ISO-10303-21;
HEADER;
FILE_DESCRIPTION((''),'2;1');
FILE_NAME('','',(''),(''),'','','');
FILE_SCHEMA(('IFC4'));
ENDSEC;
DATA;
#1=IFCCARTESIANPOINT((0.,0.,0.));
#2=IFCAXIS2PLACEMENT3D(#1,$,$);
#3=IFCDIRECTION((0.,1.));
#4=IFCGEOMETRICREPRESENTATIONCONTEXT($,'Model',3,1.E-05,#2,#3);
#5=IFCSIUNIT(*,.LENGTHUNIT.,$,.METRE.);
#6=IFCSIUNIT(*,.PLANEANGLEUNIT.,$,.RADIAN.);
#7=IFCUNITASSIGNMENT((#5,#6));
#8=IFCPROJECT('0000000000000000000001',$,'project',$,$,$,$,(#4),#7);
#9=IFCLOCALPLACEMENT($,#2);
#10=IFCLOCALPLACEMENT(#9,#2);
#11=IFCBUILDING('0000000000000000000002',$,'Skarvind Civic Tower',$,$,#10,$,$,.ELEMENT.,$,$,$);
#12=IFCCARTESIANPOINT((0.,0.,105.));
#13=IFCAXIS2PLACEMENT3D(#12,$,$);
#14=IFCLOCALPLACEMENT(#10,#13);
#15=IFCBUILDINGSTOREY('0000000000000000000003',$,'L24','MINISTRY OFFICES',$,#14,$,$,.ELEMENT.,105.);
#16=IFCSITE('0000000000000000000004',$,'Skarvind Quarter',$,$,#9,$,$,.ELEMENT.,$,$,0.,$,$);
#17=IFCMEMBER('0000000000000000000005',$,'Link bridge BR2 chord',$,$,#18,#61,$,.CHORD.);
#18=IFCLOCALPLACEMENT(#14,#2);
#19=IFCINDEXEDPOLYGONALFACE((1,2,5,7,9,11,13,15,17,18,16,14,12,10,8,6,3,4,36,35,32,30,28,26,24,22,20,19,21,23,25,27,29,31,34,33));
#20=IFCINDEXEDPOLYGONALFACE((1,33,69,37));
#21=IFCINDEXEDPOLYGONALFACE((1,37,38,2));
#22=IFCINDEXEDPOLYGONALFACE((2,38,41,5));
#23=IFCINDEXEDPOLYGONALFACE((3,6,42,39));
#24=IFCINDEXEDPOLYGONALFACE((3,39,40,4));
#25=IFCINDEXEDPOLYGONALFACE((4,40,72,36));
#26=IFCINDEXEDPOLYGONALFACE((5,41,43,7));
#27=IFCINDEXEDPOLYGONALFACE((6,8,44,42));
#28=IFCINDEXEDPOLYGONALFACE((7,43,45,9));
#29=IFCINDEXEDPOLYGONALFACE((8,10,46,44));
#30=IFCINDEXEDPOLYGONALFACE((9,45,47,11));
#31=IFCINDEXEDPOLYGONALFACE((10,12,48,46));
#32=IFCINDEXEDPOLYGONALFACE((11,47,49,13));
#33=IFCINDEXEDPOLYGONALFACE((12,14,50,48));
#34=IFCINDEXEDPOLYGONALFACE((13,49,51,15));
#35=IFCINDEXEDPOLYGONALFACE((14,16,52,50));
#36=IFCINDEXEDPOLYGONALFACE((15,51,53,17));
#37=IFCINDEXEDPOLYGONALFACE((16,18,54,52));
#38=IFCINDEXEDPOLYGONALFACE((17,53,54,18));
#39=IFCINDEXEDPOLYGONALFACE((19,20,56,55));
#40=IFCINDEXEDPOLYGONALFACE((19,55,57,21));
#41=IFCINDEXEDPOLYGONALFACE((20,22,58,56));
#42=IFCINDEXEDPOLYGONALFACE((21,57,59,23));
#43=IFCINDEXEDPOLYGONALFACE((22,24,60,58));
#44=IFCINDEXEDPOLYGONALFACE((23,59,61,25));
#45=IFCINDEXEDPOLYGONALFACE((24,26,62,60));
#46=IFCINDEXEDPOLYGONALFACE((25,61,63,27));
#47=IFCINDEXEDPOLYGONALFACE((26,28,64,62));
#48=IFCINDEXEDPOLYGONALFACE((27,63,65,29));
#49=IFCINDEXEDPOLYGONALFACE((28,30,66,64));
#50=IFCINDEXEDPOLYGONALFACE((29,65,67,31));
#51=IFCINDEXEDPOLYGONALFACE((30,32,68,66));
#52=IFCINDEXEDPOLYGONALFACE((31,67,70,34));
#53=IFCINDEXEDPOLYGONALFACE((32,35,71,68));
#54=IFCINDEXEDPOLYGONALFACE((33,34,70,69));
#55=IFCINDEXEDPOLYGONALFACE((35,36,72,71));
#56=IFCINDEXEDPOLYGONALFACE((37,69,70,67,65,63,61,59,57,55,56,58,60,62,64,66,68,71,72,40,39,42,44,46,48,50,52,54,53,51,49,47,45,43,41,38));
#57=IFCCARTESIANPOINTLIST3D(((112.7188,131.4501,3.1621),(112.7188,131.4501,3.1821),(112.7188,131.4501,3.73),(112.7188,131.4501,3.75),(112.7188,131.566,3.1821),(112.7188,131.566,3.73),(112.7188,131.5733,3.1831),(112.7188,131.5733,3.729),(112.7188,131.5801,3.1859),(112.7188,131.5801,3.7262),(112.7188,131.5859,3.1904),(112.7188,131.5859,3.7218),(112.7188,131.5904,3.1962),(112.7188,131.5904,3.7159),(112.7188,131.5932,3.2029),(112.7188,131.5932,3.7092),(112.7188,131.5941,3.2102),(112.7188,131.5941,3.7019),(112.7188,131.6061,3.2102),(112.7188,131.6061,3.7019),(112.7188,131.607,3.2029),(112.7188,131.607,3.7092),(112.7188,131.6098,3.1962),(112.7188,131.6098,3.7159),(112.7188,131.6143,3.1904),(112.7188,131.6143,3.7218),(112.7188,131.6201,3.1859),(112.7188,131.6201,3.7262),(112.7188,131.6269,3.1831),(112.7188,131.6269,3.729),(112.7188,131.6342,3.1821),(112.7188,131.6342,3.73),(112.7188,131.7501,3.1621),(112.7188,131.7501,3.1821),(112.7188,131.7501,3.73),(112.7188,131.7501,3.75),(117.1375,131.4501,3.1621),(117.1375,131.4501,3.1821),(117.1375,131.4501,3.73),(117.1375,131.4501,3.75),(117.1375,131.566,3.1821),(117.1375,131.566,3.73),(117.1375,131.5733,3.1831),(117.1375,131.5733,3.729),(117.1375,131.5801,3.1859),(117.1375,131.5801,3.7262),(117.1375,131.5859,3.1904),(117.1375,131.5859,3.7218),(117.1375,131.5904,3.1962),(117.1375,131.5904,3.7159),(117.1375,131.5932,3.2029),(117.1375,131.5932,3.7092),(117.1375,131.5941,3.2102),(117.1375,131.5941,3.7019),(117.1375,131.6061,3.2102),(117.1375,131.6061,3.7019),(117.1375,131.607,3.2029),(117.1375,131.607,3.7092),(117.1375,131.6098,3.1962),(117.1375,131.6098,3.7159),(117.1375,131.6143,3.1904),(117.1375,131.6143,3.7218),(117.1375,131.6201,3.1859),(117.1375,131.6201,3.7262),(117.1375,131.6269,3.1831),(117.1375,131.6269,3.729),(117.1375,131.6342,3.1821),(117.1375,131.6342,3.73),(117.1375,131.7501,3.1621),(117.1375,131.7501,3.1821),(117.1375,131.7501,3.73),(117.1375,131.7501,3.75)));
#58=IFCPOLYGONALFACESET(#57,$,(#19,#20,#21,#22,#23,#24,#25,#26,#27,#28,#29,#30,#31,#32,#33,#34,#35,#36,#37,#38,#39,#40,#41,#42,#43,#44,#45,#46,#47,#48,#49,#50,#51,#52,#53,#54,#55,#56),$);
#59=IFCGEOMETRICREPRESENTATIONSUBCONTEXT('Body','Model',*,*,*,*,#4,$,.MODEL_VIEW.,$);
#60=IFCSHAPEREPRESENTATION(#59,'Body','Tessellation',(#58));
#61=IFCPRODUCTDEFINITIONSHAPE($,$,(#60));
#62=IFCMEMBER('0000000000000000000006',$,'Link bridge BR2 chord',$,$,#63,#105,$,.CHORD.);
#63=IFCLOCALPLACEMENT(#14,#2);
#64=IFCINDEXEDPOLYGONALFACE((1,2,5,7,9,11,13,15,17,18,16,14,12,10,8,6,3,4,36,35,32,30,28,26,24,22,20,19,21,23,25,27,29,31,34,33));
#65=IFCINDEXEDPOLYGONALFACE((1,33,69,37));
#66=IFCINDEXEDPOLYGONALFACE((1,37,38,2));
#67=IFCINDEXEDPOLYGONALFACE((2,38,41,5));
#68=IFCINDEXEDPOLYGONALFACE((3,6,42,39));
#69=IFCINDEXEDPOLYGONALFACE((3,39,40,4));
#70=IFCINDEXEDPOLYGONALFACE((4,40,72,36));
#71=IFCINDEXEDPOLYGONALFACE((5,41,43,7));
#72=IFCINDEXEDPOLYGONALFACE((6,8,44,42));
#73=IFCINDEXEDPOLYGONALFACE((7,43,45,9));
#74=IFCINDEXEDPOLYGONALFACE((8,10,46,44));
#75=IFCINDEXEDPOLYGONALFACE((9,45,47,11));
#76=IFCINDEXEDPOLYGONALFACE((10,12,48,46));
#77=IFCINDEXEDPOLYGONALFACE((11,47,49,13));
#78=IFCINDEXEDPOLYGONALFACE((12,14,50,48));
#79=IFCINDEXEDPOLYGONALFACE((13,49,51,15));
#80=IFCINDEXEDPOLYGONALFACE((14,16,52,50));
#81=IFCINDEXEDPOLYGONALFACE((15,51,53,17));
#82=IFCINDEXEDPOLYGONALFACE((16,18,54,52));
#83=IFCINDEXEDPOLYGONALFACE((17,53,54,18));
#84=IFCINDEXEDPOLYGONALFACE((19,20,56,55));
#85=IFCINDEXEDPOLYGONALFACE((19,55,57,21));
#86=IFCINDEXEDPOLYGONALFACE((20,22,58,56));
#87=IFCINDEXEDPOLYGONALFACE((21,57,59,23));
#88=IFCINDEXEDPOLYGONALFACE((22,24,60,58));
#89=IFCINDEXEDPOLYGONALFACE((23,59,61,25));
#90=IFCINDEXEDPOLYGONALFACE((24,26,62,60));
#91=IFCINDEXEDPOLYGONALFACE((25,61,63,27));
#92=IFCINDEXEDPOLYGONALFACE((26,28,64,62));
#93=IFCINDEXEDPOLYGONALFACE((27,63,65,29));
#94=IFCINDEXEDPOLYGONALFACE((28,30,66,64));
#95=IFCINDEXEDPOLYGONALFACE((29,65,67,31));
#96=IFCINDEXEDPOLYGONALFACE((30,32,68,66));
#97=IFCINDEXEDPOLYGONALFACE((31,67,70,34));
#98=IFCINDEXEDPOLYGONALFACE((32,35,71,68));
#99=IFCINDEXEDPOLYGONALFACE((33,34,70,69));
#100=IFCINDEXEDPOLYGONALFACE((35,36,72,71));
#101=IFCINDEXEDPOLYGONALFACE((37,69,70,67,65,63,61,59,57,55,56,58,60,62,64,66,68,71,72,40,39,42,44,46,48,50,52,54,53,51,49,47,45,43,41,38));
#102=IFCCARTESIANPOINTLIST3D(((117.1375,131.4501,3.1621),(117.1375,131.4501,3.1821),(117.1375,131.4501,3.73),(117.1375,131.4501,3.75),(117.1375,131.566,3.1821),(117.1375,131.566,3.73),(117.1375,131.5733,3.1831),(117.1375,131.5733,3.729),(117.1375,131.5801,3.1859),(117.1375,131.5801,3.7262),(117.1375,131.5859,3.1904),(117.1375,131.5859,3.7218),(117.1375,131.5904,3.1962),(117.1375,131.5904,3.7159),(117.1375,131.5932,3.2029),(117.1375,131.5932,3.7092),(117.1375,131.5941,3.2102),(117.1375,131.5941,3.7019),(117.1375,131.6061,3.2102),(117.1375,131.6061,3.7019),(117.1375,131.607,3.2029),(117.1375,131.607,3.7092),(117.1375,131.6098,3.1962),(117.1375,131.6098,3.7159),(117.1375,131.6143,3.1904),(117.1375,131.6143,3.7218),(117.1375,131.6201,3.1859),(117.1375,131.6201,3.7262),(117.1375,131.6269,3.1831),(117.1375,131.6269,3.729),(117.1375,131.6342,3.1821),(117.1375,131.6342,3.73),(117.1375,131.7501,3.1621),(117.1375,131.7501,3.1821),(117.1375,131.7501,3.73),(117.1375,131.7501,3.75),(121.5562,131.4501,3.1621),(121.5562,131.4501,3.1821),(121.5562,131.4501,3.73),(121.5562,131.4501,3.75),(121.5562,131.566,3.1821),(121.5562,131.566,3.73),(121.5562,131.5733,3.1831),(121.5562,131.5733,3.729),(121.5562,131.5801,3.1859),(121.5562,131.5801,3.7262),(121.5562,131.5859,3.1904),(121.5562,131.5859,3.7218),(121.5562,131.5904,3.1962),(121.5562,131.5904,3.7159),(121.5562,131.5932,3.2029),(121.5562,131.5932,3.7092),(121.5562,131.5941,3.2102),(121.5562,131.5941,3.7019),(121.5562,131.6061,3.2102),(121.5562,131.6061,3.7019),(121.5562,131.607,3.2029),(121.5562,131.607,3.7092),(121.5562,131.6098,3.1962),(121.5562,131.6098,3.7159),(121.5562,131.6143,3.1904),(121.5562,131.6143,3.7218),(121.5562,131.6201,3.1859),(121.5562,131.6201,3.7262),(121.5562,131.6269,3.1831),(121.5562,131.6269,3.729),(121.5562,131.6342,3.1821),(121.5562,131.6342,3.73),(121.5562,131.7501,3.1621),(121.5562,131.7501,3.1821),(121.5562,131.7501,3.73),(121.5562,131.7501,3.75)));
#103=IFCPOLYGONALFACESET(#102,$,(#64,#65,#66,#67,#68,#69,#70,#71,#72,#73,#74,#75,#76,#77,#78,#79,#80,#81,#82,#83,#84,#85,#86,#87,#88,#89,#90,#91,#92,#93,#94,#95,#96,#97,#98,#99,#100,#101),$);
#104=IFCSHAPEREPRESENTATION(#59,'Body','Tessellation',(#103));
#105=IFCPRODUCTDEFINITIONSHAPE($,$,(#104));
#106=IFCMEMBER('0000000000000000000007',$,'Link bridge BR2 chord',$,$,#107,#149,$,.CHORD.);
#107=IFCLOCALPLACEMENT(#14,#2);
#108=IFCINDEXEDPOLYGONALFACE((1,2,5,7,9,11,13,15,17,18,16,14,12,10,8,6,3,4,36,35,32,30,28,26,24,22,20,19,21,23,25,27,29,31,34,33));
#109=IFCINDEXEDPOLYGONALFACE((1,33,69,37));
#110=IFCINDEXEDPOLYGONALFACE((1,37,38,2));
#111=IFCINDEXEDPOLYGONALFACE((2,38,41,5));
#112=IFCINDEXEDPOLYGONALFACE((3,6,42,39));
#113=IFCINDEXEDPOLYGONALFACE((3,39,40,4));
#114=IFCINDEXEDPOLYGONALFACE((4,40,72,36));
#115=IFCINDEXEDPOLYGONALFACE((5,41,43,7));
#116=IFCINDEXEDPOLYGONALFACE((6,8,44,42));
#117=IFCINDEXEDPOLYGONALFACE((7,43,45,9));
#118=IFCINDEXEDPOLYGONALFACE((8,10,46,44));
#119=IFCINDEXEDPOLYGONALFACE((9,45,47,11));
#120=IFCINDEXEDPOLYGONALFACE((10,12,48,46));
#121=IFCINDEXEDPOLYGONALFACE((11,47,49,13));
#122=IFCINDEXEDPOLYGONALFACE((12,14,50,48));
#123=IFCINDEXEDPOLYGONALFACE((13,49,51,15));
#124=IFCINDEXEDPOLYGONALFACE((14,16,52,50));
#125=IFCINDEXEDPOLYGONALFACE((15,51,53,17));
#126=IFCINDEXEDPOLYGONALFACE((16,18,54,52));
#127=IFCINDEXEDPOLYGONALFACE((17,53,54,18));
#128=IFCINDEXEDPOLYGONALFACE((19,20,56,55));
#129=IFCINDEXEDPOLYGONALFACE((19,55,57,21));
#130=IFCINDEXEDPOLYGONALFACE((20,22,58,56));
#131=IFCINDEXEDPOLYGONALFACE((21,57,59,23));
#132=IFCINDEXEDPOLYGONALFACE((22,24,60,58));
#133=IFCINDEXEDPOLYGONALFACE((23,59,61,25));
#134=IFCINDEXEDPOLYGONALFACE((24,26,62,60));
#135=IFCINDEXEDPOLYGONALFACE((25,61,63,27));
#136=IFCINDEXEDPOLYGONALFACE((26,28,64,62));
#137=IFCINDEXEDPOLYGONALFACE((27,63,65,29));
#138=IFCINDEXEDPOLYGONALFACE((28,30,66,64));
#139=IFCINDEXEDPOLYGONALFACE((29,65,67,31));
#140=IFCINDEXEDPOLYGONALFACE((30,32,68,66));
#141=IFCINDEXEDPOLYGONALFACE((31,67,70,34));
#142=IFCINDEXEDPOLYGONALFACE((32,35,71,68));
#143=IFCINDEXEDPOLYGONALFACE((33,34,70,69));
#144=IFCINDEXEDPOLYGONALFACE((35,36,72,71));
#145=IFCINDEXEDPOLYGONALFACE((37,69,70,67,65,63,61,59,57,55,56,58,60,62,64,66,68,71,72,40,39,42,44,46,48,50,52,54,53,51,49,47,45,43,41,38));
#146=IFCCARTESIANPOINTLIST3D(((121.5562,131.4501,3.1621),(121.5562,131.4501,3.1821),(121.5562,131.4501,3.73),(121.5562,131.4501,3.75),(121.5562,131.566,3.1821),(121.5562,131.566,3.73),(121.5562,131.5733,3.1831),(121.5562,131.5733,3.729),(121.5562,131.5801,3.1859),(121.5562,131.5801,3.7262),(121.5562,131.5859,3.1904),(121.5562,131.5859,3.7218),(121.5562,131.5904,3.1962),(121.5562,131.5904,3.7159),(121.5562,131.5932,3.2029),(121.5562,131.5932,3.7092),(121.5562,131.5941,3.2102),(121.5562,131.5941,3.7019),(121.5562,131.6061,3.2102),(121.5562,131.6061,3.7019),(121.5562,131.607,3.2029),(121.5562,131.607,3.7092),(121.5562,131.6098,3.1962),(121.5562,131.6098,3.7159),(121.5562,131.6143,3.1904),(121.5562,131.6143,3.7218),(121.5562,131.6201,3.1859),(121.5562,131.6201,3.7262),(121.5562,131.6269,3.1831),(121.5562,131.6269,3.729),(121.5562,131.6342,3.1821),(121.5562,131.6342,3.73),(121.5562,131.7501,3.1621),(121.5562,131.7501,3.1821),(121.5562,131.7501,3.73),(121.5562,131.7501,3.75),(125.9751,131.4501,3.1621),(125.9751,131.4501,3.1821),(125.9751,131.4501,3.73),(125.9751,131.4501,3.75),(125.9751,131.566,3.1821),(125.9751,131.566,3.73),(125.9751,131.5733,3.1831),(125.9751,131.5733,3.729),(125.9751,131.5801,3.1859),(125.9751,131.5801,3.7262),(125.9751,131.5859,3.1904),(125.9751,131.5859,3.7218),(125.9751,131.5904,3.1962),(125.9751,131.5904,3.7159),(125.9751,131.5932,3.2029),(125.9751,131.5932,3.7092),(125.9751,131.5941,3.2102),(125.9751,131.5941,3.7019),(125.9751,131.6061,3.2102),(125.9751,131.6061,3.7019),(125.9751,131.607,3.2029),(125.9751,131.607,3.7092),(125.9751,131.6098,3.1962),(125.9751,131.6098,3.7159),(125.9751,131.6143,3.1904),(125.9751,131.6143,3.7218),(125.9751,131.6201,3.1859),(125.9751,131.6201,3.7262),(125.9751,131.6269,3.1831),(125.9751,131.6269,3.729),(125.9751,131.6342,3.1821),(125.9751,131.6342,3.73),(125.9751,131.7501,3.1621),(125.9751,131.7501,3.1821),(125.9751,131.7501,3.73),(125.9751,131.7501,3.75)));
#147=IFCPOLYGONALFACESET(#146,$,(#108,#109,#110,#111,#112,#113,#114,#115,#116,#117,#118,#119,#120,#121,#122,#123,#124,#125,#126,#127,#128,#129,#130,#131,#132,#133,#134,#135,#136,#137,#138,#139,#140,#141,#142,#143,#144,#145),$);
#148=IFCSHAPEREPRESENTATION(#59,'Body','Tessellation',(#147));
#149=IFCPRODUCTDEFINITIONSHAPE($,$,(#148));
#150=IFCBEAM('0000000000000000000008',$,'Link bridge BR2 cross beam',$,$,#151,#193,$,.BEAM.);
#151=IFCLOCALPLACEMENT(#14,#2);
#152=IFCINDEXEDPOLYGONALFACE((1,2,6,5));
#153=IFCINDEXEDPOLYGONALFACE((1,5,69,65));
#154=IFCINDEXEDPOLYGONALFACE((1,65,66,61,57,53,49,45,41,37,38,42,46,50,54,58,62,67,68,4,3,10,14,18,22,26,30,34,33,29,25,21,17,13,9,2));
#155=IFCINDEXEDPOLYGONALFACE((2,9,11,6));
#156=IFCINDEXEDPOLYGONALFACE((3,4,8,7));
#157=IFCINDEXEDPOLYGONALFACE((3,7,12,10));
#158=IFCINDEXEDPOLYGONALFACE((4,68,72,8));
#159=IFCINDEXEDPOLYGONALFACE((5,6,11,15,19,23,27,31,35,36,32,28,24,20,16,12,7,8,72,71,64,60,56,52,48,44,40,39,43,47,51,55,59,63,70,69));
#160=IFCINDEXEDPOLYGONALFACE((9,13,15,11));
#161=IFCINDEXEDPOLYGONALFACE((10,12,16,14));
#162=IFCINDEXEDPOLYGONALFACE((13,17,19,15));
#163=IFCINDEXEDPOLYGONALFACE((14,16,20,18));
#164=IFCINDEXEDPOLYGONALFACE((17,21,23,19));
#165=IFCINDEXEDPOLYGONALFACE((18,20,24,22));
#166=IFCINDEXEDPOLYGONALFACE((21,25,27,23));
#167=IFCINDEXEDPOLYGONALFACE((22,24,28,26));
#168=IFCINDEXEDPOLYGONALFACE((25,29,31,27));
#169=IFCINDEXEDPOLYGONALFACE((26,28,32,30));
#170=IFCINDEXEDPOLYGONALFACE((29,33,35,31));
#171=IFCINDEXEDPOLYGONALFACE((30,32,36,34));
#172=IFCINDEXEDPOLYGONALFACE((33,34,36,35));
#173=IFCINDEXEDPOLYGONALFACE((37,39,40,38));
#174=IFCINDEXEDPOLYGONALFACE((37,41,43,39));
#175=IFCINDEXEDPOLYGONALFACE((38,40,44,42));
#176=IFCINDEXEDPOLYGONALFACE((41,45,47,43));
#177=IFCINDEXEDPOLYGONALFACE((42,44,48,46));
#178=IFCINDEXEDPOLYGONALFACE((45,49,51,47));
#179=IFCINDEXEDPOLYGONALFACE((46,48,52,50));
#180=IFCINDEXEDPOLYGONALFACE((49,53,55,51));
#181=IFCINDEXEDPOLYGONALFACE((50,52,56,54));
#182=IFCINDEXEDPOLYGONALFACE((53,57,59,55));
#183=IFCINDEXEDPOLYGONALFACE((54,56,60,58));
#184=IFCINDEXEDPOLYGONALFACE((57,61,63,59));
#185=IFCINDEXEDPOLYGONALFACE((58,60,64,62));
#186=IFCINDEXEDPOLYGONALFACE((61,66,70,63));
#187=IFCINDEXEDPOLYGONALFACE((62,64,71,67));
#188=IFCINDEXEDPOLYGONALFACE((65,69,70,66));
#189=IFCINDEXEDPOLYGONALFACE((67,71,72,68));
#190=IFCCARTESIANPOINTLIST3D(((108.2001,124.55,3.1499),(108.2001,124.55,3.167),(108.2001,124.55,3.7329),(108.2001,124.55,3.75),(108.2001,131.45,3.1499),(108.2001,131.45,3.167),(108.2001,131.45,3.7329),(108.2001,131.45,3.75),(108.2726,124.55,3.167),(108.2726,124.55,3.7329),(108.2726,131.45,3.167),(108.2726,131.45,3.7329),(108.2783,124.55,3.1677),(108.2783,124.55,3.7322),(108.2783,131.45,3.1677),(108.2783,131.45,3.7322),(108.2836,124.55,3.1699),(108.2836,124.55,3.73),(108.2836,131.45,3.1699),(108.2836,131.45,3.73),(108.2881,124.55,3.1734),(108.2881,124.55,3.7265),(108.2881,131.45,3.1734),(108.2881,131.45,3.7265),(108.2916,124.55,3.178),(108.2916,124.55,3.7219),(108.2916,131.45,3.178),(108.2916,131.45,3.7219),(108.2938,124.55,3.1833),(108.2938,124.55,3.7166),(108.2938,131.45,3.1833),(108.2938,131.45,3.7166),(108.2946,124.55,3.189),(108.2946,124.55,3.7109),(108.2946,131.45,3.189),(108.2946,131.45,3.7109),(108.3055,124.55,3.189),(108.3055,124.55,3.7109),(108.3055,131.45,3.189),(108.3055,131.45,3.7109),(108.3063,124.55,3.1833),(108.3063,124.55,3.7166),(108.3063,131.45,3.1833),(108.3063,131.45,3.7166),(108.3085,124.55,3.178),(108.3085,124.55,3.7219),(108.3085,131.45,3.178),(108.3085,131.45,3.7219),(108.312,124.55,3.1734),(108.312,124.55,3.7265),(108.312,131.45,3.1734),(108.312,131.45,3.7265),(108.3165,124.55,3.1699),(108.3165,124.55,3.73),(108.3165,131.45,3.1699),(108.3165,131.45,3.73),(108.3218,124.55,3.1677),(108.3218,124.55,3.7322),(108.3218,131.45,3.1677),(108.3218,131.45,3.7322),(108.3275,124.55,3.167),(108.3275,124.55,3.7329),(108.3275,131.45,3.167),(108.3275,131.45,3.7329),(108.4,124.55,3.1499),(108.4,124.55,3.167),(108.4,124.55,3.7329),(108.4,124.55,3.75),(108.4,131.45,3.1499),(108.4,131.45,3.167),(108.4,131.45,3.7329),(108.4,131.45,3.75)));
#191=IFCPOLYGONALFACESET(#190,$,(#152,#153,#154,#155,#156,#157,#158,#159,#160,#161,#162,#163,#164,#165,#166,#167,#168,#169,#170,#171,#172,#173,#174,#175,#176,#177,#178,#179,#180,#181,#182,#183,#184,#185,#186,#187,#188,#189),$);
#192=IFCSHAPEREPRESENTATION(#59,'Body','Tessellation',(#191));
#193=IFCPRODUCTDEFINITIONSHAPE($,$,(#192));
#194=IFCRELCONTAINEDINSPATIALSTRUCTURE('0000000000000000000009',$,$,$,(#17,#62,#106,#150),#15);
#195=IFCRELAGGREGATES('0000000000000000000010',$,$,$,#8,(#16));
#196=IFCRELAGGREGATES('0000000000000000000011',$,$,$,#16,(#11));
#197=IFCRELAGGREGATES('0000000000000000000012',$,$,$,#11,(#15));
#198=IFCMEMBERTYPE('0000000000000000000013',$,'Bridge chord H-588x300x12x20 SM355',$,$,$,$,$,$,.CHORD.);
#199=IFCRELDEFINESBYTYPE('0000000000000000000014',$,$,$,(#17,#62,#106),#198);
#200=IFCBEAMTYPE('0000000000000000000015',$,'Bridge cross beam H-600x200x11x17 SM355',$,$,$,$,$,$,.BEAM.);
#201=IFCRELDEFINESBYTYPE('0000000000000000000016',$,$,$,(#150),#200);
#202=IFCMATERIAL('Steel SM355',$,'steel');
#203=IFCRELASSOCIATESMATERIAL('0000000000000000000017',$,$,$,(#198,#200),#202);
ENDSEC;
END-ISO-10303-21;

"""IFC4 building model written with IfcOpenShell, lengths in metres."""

from ifc_helpers import new_model, si_unit, direction, frame, origin, origin_2d, place, context, subcontext, project, spatial, i_section, extrude, material, material_profile, profile_set, type_object, element, save


model = new_model("IFC4")

# Units and contexts
model_context = context("Model", 3, precision=1e-05, world=origin(), true_north=direction((0.0, 1.0)))
body_context = subcontext(model_context, "Body", "Model", "MODEL_VIEW")
ifc_project = project(units=[si_unit("LENGTHUNIT", "METRE"), si_unit("PLANEANGLEUNIT", "RADIAN")], contexts=[model_context])

# Site, building, storey
site_placement = place(None, origin())
site = spatial("IfcSite", under=ifc_project, at=site_placement, Name="Skarvind Quarter", CompositionType="ELEMENT", RefElevation=0.0)
building_placement = place(site_placement, origin())
building = spatial("IfcBuilding", under=site, at=building_placement, Name="Skarvind Civic Tower", CompositionType="ELEMENT")
storey_placement = place(building_placement, frame((0.0, 0.0, 105.0)))
storey = spatial("IfcBuildingStorey", under=building, at=storey_placement, Name="L24", Description="MINISTRY OFFICES", CompositionType="ELEMENT", Elevation=105.0)

# Members
ifc_material_1 = material(Name="Steel SM355", Category="steel")
ifc_material_profile_1 = material_profile(ifc_material_1, i_section(OverallWidth=0.3, OverallDepth=0.5879, WebThickness=0.012, FlangeThickness=0.02, FilletRadius=0.0281, at=origin_2d()), Name="H-588x300x12x20")
ifc_profile_set_1 = profile_set([ifc_material_profile_1], Name="Steel SM355")
member_type_1 = type_object("IfcMemberType", Name="Bridge chord H-588x300x12x20 SM355", PredefinedType="CHORD", material=ifc_profile_set_1)
for number, where, z_axis, x_axis, name in (
    (1, (112.7188, 131.6001, 3.4561), (1.0, 0.0, 0.0), (0.0, 1.0, 0.0), "Link bridge BR2 chord"),
    (2, (117.1375, 131.6001, 3.4561), (1.0, 0.0, 0.0), (0.0, 1.0, 0.0), "Link bridge BR2 chord"),
):
    element("IfcMember", number, at=place(storey_placement, frame(where, z_axis=z_axis, x_axis=x_axis)), inside=storey, type_object=member_type_1, Name=name, PredefinedType="CHORD", context=body_context, shape_type="SweptSolid", body=[
        extrude(i_section(OverallWidth=0.3, OverallDepth=0.5879, WebThickness=0.012, FlangeThickness=0.02, FilletRadius=0.0281, at=origin_2d()), origin(), (0.0, 0.0, 1.0), 4.4187),
    ])
member_1_placement = place(storey_placement, frame((121.5562, 131.6001, 3.4561), z_axis=(1.0, 0.0, 0.0), x_axis=(0.0, 1.0, 0.0)))
element("IfcMember", 3, at=member_1_placement, inside=storey, type_object=member_type_1, Name="Link bridge BR2 chord", PredefinedType="CHORD", context=body_context, shape_type="SweptSolid", body=[
    extrude(i_section(OverallWidth=0.3, OverallDepth=0.5879, WebThickness=0.012, FlangeThickness=0.02, FilletRadius=0.0281, at=origin_2d()), origin(), (0.0, 0.0, 1.0), 4.4189),
])

# Beam
ifc_material_profile_2 = material_profile(ifc_material_1, i_section(OverallWidth=0.2, OverallDepth=0.6001, WebThickness=0.011, FlangeThickness=0.0171, FilletRadius=0.022, at=origin_2d()), Name="H-600x200x11x17")
ifc_profile_set_2 = profile_set([ifc_material_profile_2], Name="Steel SM355")
beam_type_1 = type_object("IfcBeamType", Name="Bridge cross beam H-600x200x11x17 SM355", PredefinedType="BEAM", material=ifc_profile_set_2)
for number, where, z_axis, x_axis, name in (
    (4, (108.3, 124.55, 3.45), (0.0, 1.0, 0.0), (-1.0, 0.0, 0.0), "Link bridge BR2 cross beam"),
):
    element("IfcBeam", number, at=place(storey_placement, frame(where, z_axis=z_axis, x_axis=x_axis)), inside=storey, type_object=beam_type_1, Name=name, PredefinedType="BEAM", context=body_context, shape_type="SweptSolid", body=[
        extrude(i_section(OverallWidth=0.2, OverallDepth=0.6001, WebThickness=0.011, FlangeThickness=0.0171, FilletRadius=0.022, at=origin_2d()), origin(), (0.0, 0.0, 1.0), 6.8999),
    ])

save(model, "model.ifc")
